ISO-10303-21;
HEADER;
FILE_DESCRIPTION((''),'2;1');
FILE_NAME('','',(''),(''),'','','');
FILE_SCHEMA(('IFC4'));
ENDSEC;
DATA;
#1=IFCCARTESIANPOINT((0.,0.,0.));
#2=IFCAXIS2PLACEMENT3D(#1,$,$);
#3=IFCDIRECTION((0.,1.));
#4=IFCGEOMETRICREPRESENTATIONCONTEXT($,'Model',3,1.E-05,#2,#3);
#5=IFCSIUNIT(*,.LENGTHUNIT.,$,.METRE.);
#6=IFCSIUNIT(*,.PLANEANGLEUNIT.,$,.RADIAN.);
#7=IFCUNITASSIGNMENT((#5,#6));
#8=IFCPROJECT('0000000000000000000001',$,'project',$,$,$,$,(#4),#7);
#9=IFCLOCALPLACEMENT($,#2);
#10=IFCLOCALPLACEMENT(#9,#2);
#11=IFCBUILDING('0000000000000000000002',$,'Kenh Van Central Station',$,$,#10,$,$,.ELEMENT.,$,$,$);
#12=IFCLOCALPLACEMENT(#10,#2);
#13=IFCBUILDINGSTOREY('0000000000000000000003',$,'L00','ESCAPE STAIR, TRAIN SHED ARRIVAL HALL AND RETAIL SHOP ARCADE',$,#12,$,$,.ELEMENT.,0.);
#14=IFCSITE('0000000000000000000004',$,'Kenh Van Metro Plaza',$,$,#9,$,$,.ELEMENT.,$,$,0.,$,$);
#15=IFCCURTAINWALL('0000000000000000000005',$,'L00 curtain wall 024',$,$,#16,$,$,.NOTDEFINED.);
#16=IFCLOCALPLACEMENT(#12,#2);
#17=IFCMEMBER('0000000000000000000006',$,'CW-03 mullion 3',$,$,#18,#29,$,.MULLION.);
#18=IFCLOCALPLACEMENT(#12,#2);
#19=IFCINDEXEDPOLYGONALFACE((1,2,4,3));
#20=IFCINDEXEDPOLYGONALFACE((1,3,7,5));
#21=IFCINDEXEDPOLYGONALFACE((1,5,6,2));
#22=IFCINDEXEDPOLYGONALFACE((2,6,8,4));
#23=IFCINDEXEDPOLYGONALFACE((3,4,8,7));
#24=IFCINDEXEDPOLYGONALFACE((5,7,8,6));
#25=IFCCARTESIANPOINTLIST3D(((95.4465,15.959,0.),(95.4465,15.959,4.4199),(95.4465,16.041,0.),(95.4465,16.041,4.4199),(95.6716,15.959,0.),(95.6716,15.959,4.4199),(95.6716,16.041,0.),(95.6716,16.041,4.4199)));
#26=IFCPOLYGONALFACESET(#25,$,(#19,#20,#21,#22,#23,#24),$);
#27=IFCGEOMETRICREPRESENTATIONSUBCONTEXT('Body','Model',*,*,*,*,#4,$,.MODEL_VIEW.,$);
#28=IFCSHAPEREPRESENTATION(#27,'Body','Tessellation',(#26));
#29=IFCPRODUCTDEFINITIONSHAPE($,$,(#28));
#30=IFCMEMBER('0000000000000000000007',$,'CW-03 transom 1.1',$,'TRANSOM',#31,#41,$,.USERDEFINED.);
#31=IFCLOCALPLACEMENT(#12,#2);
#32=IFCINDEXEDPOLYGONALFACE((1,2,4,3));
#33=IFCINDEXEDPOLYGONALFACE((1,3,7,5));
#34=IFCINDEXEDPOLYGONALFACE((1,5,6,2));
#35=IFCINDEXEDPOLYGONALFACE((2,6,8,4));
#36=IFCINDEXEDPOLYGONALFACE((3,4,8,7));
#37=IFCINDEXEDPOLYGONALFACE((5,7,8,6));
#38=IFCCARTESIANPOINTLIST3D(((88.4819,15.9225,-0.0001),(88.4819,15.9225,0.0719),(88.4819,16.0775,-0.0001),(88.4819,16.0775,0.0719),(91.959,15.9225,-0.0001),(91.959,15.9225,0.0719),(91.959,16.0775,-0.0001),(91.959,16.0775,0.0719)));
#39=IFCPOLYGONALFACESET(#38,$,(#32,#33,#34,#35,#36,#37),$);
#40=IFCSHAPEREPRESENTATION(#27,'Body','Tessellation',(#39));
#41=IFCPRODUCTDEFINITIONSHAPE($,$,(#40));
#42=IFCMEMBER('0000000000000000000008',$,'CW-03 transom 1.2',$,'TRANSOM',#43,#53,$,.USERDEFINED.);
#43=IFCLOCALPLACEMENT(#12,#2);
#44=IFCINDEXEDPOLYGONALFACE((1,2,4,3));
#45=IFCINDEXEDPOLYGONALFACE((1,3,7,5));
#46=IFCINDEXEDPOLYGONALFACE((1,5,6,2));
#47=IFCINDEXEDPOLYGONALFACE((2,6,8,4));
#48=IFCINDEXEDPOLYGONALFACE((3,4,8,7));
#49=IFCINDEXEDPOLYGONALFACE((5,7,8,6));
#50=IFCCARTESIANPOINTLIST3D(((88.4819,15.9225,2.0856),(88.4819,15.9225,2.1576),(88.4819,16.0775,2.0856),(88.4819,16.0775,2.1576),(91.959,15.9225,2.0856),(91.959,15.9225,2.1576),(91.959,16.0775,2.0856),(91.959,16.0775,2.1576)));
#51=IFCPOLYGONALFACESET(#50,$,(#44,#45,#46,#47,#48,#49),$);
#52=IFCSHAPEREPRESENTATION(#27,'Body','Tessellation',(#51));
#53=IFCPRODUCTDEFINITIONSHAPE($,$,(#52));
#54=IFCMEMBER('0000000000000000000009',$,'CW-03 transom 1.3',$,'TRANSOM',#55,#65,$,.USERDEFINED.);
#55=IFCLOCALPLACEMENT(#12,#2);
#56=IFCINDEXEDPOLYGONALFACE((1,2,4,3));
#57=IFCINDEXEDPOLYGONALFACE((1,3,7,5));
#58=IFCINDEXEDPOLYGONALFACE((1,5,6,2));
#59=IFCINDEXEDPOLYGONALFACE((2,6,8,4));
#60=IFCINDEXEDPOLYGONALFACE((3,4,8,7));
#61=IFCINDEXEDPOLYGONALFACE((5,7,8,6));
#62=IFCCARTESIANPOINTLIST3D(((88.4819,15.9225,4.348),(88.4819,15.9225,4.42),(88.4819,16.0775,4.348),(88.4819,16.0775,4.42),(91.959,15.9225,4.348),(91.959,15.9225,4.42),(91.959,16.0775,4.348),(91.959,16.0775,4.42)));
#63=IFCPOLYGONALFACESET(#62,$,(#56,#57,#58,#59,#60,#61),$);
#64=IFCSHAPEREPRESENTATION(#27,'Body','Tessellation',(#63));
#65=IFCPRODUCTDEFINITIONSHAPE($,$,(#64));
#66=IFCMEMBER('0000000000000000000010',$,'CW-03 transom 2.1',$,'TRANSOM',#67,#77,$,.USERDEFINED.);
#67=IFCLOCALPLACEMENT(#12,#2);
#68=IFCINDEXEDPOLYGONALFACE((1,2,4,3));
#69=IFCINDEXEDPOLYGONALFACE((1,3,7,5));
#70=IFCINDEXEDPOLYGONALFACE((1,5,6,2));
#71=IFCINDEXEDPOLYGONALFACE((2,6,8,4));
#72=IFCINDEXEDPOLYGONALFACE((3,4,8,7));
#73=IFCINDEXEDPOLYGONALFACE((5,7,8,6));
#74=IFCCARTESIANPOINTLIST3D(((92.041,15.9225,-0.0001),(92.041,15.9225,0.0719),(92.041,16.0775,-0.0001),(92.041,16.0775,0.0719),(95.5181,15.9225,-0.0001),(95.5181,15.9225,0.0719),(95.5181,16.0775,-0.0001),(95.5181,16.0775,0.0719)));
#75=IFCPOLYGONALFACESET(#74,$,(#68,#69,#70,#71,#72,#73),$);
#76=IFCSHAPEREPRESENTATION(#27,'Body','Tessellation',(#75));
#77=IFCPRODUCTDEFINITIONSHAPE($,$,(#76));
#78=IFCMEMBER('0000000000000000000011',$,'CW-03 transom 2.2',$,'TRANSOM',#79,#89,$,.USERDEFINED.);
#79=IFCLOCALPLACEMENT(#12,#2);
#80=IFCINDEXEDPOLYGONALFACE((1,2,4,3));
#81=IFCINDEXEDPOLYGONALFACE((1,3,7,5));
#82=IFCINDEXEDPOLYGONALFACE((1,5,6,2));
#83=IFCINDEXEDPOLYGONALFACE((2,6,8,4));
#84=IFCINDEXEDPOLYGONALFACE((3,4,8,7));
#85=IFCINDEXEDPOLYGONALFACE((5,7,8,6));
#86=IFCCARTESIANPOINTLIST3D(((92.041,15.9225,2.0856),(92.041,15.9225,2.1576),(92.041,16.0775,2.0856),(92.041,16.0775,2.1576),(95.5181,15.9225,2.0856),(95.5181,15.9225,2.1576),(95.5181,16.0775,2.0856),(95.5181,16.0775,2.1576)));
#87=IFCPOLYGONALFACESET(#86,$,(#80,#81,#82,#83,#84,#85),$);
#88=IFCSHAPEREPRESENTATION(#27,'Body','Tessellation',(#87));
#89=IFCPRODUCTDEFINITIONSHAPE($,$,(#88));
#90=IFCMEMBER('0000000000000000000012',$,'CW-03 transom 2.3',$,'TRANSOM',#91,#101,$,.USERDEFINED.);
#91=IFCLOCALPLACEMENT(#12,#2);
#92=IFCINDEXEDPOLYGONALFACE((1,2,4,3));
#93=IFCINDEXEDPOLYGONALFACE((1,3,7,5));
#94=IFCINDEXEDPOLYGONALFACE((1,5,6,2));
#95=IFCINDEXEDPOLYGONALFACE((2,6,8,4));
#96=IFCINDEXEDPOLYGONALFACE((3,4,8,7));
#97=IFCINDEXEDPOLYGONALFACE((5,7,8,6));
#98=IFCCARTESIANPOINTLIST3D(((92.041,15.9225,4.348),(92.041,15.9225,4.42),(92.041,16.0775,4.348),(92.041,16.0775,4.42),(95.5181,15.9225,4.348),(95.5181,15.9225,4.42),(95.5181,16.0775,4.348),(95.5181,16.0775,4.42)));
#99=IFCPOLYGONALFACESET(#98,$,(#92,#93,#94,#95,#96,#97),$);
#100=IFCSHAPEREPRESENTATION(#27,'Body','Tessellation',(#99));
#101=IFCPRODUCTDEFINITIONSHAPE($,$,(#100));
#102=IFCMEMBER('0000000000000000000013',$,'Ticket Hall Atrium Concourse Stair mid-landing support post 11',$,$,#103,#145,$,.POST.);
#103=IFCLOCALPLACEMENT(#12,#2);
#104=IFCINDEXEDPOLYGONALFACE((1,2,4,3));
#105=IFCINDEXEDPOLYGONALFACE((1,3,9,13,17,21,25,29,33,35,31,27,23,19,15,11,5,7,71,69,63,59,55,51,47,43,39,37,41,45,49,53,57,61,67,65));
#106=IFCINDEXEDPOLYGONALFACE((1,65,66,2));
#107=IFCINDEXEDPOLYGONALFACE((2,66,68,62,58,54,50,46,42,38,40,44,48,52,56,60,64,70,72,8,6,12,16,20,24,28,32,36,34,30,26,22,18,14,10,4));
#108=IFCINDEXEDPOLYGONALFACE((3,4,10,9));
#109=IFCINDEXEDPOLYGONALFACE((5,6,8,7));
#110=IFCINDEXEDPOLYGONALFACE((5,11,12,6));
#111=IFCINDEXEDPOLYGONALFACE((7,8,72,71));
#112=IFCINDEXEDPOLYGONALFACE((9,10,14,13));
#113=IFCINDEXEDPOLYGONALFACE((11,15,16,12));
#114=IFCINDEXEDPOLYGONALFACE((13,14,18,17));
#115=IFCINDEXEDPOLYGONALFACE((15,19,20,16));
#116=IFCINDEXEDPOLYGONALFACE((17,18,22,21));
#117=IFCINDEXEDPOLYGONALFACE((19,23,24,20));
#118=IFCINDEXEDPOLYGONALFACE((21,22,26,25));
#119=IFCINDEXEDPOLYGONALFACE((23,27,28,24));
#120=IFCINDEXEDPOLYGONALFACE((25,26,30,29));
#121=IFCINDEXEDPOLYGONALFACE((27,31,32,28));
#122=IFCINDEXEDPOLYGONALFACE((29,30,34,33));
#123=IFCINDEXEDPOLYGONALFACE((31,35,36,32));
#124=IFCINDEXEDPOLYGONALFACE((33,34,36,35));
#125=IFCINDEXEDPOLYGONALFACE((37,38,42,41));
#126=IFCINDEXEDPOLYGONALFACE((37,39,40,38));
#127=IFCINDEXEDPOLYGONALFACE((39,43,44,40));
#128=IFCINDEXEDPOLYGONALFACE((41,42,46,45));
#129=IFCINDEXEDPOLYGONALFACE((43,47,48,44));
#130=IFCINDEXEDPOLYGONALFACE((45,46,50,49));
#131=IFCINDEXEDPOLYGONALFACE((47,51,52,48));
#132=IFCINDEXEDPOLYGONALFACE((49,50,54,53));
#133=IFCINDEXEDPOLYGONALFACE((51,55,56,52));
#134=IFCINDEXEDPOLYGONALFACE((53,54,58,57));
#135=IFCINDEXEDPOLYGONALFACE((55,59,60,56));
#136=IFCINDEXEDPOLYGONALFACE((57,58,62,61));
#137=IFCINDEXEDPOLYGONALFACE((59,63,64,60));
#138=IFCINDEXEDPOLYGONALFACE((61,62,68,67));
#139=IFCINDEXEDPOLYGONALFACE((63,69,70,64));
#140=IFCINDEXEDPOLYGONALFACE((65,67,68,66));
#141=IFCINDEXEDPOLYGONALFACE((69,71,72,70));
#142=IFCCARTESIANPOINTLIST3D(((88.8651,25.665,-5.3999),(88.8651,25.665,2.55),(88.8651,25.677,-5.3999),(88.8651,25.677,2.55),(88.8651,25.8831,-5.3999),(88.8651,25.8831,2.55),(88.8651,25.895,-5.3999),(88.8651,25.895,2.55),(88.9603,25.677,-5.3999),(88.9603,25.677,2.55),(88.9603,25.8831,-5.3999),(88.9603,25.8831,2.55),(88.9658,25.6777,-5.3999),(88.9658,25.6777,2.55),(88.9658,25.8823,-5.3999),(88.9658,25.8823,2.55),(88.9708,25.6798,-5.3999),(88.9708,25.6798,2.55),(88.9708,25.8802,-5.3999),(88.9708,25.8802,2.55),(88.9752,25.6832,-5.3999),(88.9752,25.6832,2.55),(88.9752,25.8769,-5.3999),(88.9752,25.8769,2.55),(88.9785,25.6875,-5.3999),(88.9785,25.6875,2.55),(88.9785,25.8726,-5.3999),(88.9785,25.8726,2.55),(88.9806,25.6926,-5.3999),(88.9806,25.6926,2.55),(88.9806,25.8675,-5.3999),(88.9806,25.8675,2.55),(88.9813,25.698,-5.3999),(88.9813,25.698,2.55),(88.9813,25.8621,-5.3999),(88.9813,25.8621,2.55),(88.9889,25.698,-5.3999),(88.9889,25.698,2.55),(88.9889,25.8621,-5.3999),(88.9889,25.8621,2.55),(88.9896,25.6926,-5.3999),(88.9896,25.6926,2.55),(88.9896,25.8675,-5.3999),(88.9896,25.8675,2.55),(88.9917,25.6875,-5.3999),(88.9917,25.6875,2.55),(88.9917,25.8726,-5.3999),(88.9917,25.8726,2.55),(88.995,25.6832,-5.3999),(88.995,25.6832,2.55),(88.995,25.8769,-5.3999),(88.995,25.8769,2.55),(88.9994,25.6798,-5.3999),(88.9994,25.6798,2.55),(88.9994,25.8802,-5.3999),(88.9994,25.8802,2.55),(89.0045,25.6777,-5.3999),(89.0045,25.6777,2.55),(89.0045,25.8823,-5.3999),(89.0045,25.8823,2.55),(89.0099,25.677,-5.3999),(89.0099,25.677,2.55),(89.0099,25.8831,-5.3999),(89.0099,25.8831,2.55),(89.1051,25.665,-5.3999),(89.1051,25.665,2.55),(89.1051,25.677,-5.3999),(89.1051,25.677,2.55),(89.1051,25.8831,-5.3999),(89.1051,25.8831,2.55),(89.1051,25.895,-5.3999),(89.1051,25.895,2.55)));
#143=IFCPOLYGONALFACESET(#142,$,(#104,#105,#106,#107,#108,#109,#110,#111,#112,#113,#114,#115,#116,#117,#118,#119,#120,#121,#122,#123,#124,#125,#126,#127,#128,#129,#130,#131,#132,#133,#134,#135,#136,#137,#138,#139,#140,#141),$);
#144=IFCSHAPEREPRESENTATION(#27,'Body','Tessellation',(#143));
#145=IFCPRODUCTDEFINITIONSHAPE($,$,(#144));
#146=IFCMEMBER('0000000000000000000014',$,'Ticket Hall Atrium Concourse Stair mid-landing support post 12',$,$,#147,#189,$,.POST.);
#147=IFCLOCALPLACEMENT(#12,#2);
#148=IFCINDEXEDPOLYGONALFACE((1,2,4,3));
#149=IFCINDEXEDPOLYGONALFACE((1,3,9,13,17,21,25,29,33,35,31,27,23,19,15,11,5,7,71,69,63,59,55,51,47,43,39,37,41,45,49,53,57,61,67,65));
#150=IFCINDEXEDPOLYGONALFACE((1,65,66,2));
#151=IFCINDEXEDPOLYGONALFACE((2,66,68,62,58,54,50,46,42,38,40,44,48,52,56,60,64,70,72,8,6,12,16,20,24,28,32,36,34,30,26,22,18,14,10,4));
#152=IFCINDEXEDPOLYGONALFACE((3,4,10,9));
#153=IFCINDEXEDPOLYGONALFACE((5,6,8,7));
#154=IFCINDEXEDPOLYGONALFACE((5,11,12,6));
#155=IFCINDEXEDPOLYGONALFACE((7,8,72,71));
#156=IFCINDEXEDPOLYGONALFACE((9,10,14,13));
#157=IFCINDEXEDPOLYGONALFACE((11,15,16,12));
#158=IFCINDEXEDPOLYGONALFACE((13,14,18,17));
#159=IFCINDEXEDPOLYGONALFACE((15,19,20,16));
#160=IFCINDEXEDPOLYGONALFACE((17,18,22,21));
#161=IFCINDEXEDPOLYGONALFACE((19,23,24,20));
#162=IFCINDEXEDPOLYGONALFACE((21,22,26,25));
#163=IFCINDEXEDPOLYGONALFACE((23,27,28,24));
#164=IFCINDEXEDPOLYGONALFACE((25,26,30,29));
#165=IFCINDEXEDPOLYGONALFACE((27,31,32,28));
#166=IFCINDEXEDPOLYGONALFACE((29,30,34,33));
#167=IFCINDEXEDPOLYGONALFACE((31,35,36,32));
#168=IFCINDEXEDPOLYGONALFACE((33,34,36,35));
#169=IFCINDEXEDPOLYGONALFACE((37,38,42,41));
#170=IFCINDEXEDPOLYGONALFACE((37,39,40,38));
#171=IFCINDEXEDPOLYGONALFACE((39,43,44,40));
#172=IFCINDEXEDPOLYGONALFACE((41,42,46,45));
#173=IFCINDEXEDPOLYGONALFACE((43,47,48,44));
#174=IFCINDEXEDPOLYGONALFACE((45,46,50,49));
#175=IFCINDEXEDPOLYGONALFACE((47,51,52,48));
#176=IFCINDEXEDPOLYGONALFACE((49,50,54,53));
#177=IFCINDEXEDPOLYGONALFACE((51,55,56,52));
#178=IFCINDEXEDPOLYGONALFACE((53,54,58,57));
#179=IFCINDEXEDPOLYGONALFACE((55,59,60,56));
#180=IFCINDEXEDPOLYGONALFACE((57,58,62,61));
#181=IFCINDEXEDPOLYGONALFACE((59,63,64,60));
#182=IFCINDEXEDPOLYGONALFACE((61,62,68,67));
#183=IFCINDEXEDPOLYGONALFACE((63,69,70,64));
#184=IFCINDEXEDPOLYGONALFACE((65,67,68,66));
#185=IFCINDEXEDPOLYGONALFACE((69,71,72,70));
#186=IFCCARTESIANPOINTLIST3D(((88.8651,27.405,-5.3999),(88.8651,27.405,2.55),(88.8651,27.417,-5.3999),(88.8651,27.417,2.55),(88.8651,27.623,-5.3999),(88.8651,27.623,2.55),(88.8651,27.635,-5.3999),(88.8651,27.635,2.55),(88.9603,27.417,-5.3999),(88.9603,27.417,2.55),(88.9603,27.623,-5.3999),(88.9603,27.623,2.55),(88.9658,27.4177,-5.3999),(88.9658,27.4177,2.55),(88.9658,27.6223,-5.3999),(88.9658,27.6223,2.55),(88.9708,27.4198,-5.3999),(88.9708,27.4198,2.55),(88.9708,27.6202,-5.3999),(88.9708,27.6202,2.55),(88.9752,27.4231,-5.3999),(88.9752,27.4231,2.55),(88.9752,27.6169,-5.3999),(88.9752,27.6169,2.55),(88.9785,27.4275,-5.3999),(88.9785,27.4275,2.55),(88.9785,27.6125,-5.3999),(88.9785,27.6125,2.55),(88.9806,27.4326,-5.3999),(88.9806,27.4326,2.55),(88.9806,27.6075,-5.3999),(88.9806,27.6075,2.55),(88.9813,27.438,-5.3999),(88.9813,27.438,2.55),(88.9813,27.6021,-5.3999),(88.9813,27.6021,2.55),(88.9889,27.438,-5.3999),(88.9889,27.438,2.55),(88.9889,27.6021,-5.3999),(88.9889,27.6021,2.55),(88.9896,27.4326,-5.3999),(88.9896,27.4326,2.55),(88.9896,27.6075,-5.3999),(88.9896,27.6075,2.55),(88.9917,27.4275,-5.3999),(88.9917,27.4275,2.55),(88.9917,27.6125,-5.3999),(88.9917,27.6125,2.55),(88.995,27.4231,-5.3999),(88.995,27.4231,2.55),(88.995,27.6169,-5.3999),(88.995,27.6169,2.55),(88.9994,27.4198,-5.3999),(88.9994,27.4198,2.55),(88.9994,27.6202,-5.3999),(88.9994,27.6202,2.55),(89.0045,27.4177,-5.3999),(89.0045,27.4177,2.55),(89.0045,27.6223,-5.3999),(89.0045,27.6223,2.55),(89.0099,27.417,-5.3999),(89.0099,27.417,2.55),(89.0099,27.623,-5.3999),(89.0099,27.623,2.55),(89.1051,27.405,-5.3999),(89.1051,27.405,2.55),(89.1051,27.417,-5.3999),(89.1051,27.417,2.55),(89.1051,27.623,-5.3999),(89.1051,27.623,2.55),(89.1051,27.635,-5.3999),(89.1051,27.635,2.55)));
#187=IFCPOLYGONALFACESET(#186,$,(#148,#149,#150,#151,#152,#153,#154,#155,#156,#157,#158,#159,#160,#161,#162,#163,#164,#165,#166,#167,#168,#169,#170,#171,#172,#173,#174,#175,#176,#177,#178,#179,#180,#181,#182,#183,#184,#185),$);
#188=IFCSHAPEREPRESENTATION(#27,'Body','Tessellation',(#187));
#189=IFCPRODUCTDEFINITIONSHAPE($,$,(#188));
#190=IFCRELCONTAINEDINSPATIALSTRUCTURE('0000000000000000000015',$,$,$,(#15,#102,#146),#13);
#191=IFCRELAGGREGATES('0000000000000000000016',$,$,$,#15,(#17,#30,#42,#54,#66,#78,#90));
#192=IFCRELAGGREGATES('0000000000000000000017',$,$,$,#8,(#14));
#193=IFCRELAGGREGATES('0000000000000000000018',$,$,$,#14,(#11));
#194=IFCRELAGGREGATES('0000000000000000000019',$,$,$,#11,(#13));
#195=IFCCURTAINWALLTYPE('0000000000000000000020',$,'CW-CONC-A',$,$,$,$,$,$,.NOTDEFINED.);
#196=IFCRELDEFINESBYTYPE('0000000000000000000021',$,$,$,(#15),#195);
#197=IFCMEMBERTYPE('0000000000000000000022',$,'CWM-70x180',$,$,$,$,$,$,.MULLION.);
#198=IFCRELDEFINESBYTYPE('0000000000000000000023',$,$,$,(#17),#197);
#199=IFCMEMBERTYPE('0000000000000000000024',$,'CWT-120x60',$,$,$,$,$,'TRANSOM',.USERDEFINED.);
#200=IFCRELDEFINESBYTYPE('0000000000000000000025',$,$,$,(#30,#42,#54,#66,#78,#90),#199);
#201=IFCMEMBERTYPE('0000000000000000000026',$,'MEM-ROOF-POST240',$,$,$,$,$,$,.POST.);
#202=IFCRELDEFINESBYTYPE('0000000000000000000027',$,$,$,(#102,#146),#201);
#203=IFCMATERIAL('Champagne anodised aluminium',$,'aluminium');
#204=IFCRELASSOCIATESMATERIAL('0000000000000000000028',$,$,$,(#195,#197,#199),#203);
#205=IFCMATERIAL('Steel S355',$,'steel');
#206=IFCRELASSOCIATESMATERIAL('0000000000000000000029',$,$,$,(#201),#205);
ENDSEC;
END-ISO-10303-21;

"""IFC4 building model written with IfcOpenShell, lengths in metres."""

from ifc_helpers import new_model, si_unit, direction, frame, origin, origin_2d, place, context, subcontext, project, spatial, rectangle, i_section, extrude, material, material_profile, profile_set, type_object, element, aggregate, save


model = new_model("IFC4")

# Units and contexts
model_context = context("Model", 3, precision=1e-05, world=origin(), true_north=direction((0.0, 1.0)))
body_context = subcontext(model_context, "Body", "Model", "MODEL_VIEW")
ifc_project = project(units=[si_unit("LENGTHUNIT", "METRE"), si_unit("PLANEANGLEUNIT", "RADIAN")], contexts=[model_context])

# Site, building, storey
site_placement = place(None, origin())
site = spatial("IfcSite", under=ifc_project, at=site_placement, Name="Kenh Van Metro Plaza", CompositionType="ELEMENT", RefElevation=0.0)
building_placement = place(site_placement, origin())
building = spatial("IfcBuilding", under=site, at=building_placement, Name="Kenh Van Central Station", CompositionType="ELEMENT")
storey_placement = place(building_placement, origin())
storey = spatial("IfcBuildingStorey", under=building, at=storey_placement, Name="L00", Description="ESCAPE STAIR, TRAIN SHED ARRIVAL HALL AND RETAIL SHOP ARCADE", CompositionType="ELEMENT", Elevation=0.0)

# Curtain wall, members
ifc_material_1 = material(Name="Champagne anodised aluminium", Category="aluminium")
curtain_wall_type = type_object("IfcCurtainWallType", Name="CW-CONC-A", PredefinedType="NOTDEFINED", material=ifc_material_1)
curtain_wall_placement = place(storey_placement, origin())
curtain_wall = element("IfcCurtainWall", 1, at=curtain_wall_placement, inside=storey, type_object=curtain_wall_type, Name="L00 curtain wall 024", PredefinedType="NOTDEFINED")
ifc_material_profile_1 = material_profile(ifc_material_1, rectangle(XDim=0.082, YDim=0.2251, at=origin_2d()), Name="AL 82x225")
ifc_profile_set_1 = profile_set([ifc_material_profile_1], Name="Champagne anodised aluminium")
member_type_1 = type_object("IfcMemberType", Name="CWM-70x180", PredefinedType="MULLION", material=ifc_profile_set_1)
member_1_placement = place(storey_placement, frame((95.5591, 16.0, 0.0), z_axis=(0.0, 0.0, 1.0), x_axis=(0.0, 1.0, 0.0)))
member_1 = element("IfcMember", 2, at=member_1_placement, type_object=member_type_1, Name="CW-03 mullion 3", PredefinedType="MULLION", context=body_context, shape_type="SweptSolid", body=[
    extrude(rectangle(XDim=0.082, YDim=0.2251, at=origin_2d()), origin(), (0.0, 0.0, 1.0), 4.4199),
])
ifc_material_profile_2 = material_profile(ifc_material_1, rectangle(XDim=0.155, YDim=0.072, at=origin_2d()), Name="AL 155x72")
ifc_profile_set_2 = profile_set([ifc_material_profile_2], Name="Champagne anodised aluminium")
member_type_2 = type_object("IfcMemberType", Name="CWT-120x60", ElementType="TRANSOM", PredefinedType="USERDEFINED", material=ifc_profile_set_2)
member_2_placement = place(storey_placement, frame((88.4819, 16.0, 0.0359), z_axis=(1.0, 0.0, 0.0), x_axis=(0.0, 1.0, 0.0)))
member_2 = element("IfcMember", 3, at=member_2_placement, type_object=member_type_2, Name="CW-03 transom 1.1", ObjectType="TRANSOM", PredefinedType="USERDEFINED", context=body_context, shape_type="SweptSolid", body=[
    extrude(rectangle(XDim=0.155, YDim=0.072, at=origin_2d()), origin(), (0.0, 0.0, 1.0), 3.4771),
])
member_3_placement = place(storey_placement, frame((88.4819, 16.0, 2.1216), z_axis=(1.0, 0.0, 0.0), x_axis=(0.0, 1.0, 0.0)))
member_3 = element("IfcMember", 4, at=member_3_placement, type_object=member_type_2, Name="CW-03 transom 1.2", ObjectType="TRANSOM", PredefinedType="USERDEFINED", context=body_context, shape_type="SweptSolid", body=[
    extrude(rectangle(XDim=0.155, YDim=0.072, at=origin_2d()), origin(), (0.0, 0.0, 1.0), 3.4771),
])
member_4_placement = place(storey_placement, frame((88.4819, 16.0, 4.384), z_axis=(1.0, 0.0, 0.0), x_axis=(0.0, 1.0, 0.0)))
member_4 = element("IfcMember", 5, at=member_4_placement, type_object=member_type_2, Name="CW-03 transom 1.3", ObjectType="TRANSOM", PredefinedType="USERDEFINED", context=body_context, shape_type="SweptSolid", body=[
    extrude(rectangle(XDim=0.155, YDim=0.072, at=origin_2d()), origin(), (0.0, 0.0, 1.0), 3.4771),
])
member_5_placement = place(storey_placement, frame((92.041, 16.0, 0.0359), z_axis=(1.0, 0.0, 0.0), x_axis=(0.0, 1.0, 0.0)))
member_5 = element("IfcMember", 6, at=member_5_placement, type_object=member_type_2, Name="CW-03 transom 2.1", ObjectType="TRANSOM", PredefinedType="USERDEFINED", context=body_context, shape_type="SweptSolid", body=[
    extrude(rectangle(XDim=0.155, YDim=0.072, at=origin_2d()), origin(), (0.0, 0.0, 1.0), 3.4771),
])
member_6_placement = place(storey_placement, frame((92.041, 16.0, 2.1216), z_axis=(1.0, 0.0, 0.0), x_axis=(0.0, 1.0, 0.0)))
member_6 = element("IfcMember", 7, at=member_6_placement, type_object=member_type_2, Name="CW-03 transom 2.2", ObjectType="TRANSOM", PredefinedType="USERDEFINED", context=body_context, shape_type="SweptSolid", body=[
    extrude(rectangle(XDim=0.155, YDim=0.072, at=origin_2d()), origin(), (0.0, 0.0, 1.0), 3.4771),
])
member_7_placement = place(storey_placement, frame((92.041, 16.0, 4.384), z_axis=(1.0, 0.0, 0.0), x_axis=(0.0, 1.0, 0.0)))
member_7 = element("IfcMember", 8, at=member_7_placement, type_object=member_type_2, Name="CW-03 transom 2.3", ObjectType="TRANSOM", PredefinedType="USERDEFINED", context=body_context, shape_type="SweptSolid", body=[
    extrude(rectangle(XDim=0.155, YDim=0.072, at=origin_2d()), origin(), (0.0, 0.0, 1.0), 3.4771),
])

# Members
ifc_material_2 = material(Name="Steel S355", Category="steel")
ifc_material_profile_3 = material_profile(ifc_material_2, i_section(OverallWidth=0.24, OverallDepth=0.23, WebThickness=0.0076, FlangeThickness=0.012, FilletRadius=0.021, at=origin_2d()), Name="HEA 240")
ifc_profile_set_3 = profile_set([ifc_material_profile_3], Name="Steel S355")
member_type_3 = type_object("IfcMemberType", Name="MEM-ROOF-POST240", PredefinedType="POST", material=ifc_profile_set_3)
for number, where, z_axis, x_axis, name in (
    (9, (88.9851, 25.78, -5.3999), (0.0, 0.0, 1.0), (1.0, 0.0, 0.0), "Ticket Hall Atrium Concourse Stair mid-landing support post 11"),
    (10, (88.9851, 27.52, -5.3999), (0.0, 0.0, 1.0), (1.0, 0.0, 0.0), "Ticket Hall Atrium Concourse Stair mid-landing support post 12"),
):
    element("IfcMember", number, at=place(storey_placement, frame(where, z_axis=z_axis, x_axis=x_axis)), inside=storey, type_object=member_type_3, Name=name, PredefinedType="POST", context=body_context, shape_type="SweptSolid", body=[
        extrude(i_section(OverallWidth=0.24, OverallDepth=0.23, WebThickness=0.0076, FlangeThickness=0.012, FilletRadius=0.021, at=origin_2d()), origin(), (0.0, 0.0, 1.0), 7.95),
    ])

aggregate(curtain_wall, [member_1, member_2, member_3, member_4, member_5, member_6, member_7])

save(model, "model.ifc")
